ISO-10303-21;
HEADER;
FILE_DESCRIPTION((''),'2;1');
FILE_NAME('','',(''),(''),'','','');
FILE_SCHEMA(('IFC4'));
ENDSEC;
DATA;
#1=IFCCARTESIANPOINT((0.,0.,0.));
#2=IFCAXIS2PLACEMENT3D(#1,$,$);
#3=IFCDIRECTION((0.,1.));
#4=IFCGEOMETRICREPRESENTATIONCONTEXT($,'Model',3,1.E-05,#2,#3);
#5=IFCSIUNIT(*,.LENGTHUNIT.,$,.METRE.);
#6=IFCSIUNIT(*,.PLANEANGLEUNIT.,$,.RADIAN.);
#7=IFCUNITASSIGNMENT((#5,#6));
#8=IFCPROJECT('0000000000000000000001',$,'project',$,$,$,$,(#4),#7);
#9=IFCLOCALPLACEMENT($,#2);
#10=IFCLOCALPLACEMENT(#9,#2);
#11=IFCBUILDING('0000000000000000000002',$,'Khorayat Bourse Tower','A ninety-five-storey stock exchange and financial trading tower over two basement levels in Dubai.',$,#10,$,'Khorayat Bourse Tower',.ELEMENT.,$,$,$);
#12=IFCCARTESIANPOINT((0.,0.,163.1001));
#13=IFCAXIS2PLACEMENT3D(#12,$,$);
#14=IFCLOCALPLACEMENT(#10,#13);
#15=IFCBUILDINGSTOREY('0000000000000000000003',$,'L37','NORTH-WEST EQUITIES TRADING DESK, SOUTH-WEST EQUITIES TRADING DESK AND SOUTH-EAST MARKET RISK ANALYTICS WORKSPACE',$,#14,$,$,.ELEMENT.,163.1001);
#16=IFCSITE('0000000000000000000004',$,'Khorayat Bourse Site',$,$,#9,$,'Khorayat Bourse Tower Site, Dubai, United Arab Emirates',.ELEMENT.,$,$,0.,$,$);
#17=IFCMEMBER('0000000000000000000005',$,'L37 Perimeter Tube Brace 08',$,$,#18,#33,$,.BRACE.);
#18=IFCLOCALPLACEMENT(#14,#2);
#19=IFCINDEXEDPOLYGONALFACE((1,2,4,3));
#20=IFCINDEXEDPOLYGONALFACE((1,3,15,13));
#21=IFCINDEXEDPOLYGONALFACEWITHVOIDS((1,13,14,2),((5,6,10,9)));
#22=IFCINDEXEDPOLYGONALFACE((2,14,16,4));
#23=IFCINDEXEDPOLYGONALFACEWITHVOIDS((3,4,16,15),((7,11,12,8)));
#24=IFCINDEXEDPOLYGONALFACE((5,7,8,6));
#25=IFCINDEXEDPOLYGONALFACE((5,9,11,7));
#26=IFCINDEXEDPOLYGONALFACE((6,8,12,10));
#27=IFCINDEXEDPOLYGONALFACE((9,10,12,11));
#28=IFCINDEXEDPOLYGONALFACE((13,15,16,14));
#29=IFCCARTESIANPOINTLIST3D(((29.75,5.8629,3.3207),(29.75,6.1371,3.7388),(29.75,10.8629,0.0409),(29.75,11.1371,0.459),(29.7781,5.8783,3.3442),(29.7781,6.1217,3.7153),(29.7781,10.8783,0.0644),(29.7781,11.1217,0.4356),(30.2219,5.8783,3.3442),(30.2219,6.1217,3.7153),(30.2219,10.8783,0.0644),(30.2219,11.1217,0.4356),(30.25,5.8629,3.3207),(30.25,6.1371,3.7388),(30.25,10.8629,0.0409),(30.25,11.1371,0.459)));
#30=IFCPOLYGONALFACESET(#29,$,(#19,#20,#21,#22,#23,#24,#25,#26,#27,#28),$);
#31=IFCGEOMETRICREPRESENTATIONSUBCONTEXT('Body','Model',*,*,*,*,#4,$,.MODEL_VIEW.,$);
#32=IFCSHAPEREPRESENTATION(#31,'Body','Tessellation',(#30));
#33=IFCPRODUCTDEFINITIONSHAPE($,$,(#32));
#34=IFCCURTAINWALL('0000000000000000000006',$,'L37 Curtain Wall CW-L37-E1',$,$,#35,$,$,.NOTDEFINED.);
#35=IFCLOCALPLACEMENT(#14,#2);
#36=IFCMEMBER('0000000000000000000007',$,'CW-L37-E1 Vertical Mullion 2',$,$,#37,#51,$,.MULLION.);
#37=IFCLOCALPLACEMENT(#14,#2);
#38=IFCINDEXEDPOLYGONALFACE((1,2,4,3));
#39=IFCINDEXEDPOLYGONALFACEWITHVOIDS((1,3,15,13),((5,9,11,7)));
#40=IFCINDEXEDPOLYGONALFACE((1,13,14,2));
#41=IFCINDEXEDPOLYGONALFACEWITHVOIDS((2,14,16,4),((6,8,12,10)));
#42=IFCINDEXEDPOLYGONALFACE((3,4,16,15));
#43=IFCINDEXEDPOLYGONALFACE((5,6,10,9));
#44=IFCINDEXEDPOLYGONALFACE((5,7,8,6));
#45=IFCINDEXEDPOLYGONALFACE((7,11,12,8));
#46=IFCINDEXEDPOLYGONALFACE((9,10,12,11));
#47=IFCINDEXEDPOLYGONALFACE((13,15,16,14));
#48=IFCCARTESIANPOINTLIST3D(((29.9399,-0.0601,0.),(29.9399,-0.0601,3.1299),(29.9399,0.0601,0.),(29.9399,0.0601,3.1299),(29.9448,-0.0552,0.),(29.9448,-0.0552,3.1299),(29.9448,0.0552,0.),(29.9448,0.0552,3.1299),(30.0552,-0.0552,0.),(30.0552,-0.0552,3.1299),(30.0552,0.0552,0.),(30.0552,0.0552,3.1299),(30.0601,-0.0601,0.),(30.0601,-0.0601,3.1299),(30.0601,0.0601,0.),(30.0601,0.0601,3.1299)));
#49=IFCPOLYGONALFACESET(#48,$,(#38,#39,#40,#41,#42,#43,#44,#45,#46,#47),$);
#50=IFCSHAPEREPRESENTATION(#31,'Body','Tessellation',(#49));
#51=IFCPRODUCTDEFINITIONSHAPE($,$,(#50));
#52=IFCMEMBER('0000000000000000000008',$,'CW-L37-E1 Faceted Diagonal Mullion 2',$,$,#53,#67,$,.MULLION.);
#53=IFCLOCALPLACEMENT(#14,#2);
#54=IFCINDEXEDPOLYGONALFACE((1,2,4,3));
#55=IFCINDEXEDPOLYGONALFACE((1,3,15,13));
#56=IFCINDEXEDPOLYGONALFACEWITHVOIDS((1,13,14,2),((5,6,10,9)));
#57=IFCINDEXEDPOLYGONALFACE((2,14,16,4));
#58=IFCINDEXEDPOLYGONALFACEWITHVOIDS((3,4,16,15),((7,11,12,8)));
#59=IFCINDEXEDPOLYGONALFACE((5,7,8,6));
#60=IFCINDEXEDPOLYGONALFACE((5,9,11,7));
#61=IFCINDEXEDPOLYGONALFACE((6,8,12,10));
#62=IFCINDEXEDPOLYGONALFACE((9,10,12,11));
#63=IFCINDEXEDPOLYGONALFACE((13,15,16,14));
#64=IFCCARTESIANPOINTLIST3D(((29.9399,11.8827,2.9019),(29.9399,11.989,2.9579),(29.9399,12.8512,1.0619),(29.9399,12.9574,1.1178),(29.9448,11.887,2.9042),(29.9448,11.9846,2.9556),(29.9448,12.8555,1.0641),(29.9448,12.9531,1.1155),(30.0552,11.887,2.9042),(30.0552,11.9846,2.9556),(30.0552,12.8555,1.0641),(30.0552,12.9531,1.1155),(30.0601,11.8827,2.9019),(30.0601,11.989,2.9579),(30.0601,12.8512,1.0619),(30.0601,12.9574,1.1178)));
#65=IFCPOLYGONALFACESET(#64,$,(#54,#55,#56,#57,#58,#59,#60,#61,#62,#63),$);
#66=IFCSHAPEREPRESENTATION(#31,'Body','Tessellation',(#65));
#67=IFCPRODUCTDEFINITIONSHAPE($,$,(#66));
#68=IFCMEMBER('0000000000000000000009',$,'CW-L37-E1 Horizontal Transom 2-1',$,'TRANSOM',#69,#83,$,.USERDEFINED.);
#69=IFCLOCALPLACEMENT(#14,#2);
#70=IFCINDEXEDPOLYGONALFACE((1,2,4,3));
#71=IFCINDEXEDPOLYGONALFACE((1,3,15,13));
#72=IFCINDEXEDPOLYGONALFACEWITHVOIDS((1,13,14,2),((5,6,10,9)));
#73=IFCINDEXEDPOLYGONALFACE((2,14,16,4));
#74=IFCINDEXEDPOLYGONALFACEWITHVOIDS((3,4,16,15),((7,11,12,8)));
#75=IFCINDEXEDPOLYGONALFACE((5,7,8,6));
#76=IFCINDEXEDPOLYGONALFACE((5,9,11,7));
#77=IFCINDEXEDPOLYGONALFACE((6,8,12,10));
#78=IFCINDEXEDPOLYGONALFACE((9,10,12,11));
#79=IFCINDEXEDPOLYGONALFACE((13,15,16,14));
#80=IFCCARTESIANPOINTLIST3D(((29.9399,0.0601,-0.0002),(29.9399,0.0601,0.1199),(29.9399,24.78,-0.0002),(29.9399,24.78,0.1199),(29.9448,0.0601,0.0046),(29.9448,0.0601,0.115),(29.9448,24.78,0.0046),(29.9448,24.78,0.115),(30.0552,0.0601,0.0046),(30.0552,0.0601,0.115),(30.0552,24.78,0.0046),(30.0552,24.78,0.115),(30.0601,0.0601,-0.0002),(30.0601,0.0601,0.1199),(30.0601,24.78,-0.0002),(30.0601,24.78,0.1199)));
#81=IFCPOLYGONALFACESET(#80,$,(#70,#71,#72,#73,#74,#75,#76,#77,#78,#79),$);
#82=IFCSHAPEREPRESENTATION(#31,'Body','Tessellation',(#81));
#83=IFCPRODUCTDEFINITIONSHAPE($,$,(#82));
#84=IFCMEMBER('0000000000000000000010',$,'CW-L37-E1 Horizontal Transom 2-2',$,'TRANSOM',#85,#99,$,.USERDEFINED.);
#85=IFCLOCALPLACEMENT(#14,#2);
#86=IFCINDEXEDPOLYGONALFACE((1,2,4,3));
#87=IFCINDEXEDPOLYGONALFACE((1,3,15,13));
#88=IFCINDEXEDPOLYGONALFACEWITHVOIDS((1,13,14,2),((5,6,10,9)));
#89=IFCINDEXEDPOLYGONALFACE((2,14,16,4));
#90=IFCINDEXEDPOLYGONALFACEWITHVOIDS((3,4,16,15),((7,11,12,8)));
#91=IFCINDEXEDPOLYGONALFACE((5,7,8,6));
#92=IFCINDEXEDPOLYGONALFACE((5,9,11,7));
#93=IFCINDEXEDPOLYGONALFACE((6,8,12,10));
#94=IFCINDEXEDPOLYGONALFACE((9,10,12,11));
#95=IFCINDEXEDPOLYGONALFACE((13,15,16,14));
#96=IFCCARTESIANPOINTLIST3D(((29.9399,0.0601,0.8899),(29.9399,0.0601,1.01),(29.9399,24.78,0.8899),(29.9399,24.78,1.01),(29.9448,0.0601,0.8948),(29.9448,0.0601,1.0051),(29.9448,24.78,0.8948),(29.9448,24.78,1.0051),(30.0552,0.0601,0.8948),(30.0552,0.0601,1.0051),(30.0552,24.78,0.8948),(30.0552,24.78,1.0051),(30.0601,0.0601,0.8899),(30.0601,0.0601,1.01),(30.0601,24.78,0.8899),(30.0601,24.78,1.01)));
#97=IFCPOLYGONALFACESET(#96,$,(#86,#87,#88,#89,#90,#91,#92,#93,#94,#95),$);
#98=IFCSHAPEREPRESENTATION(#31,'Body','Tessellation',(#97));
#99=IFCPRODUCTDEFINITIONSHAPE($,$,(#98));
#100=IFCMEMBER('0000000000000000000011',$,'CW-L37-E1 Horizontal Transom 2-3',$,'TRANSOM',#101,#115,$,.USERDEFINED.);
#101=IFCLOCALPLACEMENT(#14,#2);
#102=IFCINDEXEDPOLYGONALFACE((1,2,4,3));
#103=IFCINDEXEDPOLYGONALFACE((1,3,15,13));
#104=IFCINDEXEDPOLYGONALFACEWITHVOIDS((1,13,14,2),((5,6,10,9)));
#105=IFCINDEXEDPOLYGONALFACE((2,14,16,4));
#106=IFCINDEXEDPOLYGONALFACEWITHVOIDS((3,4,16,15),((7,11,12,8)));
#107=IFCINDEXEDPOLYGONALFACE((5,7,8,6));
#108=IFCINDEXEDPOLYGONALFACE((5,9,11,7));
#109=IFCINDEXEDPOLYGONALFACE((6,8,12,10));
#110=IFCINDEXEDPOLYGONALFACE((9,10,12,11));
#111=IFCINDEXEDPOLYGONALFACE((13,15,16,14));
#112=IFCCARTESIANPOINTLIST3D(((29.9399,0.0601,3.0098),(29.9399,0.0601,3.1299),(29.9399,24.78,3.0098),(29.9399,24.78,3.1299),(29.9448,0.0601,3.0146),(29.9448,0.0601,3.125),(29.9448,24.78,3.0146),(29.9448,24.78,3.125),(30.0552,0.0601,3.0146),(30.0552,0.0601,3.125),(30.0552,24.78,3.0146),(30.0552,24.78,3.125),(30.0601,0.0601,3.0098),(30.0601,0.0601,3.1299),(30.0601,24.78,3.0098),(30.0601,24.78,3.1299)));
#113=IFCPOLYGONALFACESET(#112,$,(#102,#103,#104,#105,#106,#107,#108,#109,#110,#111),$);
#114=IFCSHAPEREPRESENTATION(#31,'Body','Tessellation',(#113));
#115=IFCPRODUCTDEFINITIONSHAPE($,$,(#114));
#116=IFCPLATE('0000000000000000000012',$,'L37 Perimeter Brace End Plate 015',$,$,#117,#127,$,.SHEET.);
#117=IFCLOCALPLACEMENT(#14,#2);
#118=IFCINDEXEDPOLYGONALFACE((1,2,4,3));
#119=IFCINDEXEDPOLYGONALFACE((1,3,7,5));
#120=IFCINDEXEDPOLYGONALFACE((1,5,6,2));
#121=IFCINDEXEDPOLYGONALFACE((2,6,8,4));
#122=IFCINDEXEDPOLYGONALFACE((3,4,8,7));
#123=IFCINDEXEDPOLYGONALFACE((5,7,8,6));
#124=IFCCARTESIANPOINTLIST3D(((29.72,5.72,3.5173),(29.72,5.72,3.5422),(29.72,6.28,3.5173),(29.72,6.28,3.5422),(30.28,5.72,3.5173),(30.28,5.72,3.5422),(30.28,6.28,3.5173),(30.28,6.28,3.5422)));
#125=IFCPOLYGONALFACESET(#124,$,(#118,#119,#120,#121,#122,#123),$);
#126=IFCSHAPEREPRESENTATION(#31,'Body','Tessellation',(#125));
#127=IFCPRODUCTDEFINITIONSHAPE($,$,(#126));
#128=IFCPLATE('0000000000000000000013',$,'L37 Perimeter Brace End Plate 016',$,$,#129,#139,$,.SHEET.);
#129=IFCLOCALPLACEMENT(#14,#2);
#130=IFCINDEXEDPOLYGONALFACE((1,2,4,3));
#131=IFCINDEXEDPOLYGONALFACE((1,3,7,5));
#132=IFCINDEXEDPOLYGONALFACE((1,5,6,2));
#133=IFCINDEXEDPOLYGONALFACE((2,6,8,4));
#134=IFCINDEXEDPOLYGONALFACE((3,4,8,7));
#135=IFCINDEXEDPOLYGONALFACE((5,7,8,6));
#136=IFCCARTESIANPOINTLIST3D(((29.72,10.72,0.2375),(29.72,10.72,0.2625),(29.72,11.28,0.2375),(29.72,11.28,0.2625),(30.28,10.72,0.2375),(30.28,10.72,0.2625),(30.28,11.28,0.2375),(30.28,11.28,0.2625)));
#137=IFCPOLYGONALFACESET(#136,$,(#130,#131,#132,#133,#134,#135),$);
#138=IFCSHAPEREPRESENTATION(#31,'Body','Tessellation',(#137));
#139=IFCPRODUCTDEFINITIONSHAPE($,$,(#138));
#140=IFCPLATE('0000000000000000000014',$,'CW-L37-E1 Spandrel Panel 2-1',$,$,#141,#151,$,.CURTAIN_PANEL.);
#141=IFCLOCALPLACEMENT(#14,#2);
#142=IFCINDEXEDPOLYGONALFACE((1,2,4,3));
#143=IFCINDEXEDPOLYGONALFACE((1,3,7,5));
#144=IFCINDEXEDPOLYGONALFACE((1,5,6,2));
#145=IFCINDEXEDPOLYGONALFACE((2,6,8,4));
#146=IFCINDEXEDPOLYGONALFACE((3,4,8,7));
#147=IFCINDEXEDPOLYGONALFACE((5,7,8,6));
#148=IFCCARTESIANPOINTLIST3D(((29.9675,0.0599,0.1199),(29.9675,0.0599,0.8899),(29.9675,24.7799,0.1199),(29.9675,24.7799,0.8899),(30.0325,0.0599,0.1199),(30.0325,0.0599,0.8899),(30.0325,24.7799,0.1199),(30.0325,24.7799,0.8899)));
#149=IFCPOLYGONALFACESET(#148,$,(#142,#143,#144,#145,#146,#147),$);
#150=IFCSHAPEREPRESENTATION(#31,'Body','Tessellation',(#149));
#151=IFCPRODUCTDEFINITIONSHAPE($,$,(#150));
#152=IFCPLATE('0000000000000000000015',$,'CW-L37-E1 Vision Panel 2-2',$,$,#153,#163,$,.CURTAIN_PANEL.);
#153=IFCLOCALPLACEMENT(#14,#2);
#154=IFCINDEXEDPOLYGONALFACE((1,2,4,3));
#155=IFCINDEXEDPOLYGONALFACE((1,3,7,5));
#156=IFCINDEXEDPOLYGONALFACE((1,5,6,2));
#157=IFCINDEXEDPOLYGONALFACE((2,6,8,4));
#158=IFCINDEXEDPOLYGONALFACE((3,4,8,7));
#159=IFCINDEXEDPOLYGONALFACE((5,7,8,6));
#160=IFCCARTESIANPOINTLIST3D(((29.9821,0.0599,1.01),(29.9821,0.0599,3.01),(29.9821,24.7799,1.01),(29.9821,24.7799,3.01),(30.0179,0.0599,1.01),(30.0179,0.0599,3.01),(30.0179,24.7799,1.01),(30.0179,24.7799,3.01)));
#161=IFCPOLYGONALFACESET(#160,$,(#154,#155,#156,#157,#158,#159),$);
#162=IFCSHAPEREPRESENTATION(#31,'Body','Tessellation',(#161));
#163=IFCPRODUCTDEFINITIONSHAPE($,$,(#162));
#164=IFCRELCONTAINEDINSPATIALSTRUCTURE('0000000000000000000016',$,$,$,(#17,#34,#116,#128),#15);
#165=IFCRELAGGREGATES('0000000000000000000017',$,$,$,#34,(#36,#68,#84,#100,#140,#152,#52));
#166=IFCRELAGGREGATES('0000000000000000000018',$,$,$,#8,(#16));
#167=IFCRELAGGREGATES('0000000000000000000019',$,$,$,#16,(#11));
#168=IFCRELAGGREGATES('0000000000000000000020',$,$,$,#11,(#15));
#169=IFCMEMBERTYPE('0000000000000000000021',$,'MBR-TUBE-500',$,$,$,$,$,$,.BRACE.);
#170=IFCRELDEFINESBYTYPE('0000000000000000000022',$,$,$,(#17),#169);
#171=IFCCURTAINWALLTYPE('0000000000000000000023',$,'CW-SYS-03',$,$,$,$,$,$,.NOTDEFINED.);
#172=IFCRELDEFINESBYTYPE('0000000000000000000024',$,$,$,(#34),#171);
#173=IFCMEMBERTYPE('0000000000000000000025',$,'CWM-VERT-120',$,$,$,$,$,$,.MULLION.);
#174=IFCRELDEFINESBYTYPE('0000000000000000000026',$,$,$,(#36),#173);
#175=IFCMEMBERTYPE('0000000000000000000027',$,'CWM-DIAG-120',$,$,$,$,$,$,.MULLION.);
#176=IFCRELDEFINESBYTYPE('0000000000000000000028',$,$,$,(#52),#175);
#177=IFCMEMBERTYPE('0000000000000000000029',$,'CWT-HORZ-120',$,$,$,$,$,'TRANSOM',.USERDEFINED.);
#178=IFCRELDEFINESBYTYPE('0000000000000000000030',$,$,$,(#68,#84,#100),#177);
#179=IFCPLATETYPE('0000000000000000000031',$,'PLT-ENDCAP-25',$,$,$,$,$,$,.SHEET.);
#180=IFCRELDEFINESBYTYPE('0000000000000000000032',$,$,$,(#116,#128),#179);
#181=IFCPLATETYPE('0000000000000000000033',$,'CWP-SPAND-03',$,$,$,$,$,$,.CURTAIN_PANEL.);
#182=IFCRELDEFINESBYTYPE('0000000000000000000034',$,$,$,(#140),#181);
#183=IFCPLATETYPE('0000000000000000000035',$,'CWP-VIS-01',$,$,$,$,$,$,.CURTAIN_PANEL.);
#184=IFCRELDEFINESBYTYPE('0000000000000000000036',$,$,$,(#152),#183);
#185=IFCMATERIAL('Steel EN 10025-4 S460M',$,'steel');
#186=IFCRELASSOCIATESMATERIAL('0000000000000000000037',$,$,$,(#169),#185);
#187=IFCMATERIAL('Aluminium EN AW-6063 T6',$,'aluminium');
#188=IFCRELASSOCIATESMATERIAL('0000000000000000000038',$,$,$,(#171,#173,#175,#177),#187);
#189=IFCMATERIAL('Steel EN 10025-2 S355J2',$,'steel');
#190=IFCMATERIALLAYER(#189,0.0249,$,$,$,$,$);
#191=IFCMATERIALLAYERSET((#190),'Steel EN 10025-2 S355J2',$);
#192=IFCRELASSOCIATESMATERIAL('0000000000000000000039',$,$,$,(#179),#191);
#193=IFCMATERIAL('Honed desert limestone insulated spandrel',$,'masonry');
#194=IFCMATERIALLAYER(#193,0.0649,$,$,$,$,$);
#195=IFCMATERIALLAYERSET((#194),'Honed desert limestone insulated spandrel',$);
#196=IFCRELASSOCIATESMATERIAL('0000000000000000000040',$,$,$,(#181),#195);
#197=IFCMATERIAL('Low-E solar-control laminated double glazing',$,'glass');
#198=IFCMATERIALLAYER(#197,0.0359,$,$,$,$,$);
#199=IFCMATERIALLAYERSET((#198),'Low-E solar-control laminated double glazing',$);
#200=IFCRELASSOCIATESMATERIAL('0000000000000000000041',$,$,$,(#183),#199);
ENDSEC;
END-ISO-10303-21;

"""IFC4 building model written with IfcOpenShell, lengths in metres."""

from ifc_helpers import new_model, si_unit, direction, frame, origin, origin_2d, place, context, subcontext, project, spatial, rectangle, hollow_rectangle, extrude, source, transform, mapped, material, layer, layer_set, material_profile, profile_set, type_object, element, aggregate, save


model = new_model("IFC4")

# Units and contexts
model_context = context("Model", 3, precision=1e-05, world=origin(), true_north=direction((0.0, 1.0)))
body_context = subcontext(model_context, "Body", "Model", "MODEL_VIEW")
ifc_project = project(units=[si_unit("LENGTHUNIT", "METRE"), si_unit("PLANEANGLEUNIT", "RADIAN")], contexts=[model_context])

# Site, building, storey
site_placement = place(None, origin())
site = spatial("IfcSite", under=ifc_project, at=site_placement, Name="Khorayat Bourse Site", LongName="Khorayat Bourse Tower Site, Dubai, United Arab Emirates", CompositionType="ELEMENT", RefElevation=0.0)
building_placement = place(site_placement, origin())
building = spatial("IfcBuilding", under=site, at=building_placement, Name="Khorayat Bourse Tower", Description="A ninety-five-storey stock exchange and financial trading tower over two basement levels in Dubai.", LongName="Khorayat Bourse Tower", CompositionType="ELEMENT")
storey_placement = place(building_placement, frame((0.0, 0.0, 163.1001)))
storey = spatial("IfcBuildingStorey", under=building, at=storey_placement, Name="L37", Description="NORTH-WEST EQUITIES TRADING DESK, SOUTH-WEST EQUITIES TRADING DESK AND SOUTH-EAST MARKET RISK ANALYTICS WORKSPACE", CompositionType="ELEMENT", Elevation=163.1001)

# Shared definitions
ifc_material_1 = material(Name="Steel EN 10025-4 S460M", Category="steel")

# Member
ifc_material_profile_1 = material_profile(ifc_material_1, hollow_rectangle(XDim=0.5, YDim=0.5, WallThickness=0.0281, at=origin_2d()), Name="HSS 500x500x28")
ifc_profile_set_1 = profile_set([ifc_material_profile_1], Name="Steel EN 10025-4 S460M")
member_type_1 = type_object("IfcMemberType", Name="MBR-TUBE-500", PredefinedType="BRACE", material=ifc_profile_set_1)
shared_shape_1 = source(origin(), body_context, "Body", "SweptSolid", [
    extrude(hollow_rectangle(XDim=0.5, YDim=0.5, WallThickness=0.0281, at=origin_2d()), origin(), (0.0, 0.0, 1.0), 5.9797),
])
member_1_placement = place(storey_placement, frame((30.0, 6.0, 3.5298), z_axis=(0.0, 0.83616, -0.548485), x_axis=(-1.0, 0.0, 0.0)))
element("IfcMember", 1, at=member_1_placement, inside=storey, type_object=member_type_1, Name="L37 Perimeter Tube Brace 08", PredefinedType="BRACE", context=body_context, shape_type="MappedRepresentation", body=[
    mapped(shared_shape_1, transform((0.0, 0.0, 0.0), scale=1.0)),
])

# Curtain wall, members
ifc_material_2 = material(Name="Aluminium EN AW-6063 T6", Category="aluminium")
curtain_wall_type = type_object("IfcCurtainWallType", Name="CW-SYS-03", PredefinedType="NOTDEFINED", material=ifc_material_2)
curtain_wall_placement = place(storey_placement, origin())
curtain_wall = element("IfcCurtainWall", 2, at=curtain_wall_placement, inside=storey, type_object=curtain_wall_type, Name="L37 Curtain Wall CW-L37-E1", PredefinedType="NOTDEFINED")
ifc_material_profile_2 = material_profile(ifc_material_2, hollow_rectangle(XDim=0.1201, YDim=0.1201, WallThickness=0.0049, at=origin_2d()), Name="ALU 120x120x5")
ifc_profile_set_2 = profile_set([ifc_material_profile_2], Name="Aluminium EN AW-6063 T6")
member_type_2 = type_object("IfcMemberType", Name="CWM-VERT-120", PredefinedType="MULLION", material=ifc_profile_set_2)
shared_shape_2 = source(origin(), body_context, "Body", "SweptSolid", [
    extrude(hollow_rectangle(XDim=0.1201, YDim=0.1201, WallThickness=0.0049, at=origin_2d()), origin(), (0.0, 0.0, 1.0), 3.1299),
])
member_2_placement = place(storey_placement, frame((30.0, 0.0, 0.0), z_axis=(0.0, 0.0, 1.0), x_axis=(-1.0, 0.0, 0.0)))
member_2 = element("IfcMember", 3, at=member_2_placement, type_object=member_type_2, Name="CW-L37-E1 Vertical Mullion 2", PredefinedType="MULLION", context=body_context, shape_type="MappedRepresentation", body=[
    mapped(shared_shape_2, transform((0.0, 0.0, 0.0), scale=1.0)),
])
ifc_material_profile_3 = material_profile(ifc_material_2, hollow_rectangle(XDim=0.1201, YDim=0.1201, WallThickness=0.0049, at=origin_2d()), Name="ALU 120x120x5")
ifc_profile_set_3 = profile_set([ifc_material_profile_3], Name="Aluminium EN AW-6063 T6")
member_type_3 = type_object("IfcMemberType", Name="CWM-DIAG-120", PredefinedType="MULLION", material=ifc_profile_set_3)
shared_shape_3 = source(origin(), body_context, "Body", "SweptSolid", [
    extrude(hollow_rectangle(XDim=0.1201, YDim=0.1201, WallThickness=0.0049, at=origin_2d()), origin(), (0.0, 0.0, 1.0), 2.0793),
])
member_3_placement = place(storey_placement, frame((30.0, 12.9043, 1.0898), z_axis=(0.0, -0.465761, 0.884911), x_axis=(1.0, 0.0, 0.0)))
member_3 = element("IfcMember", 4, at=member_3_placement, type_object=member_type_3, Name="CW-L37-E1 Faceted Diagonal Mullion 2", PredefinedType="MULLION", context=body_context, shape_type="MappedRepresentation", body=[
    mapped(shared_shape_3, transform((0.0, 0.0, 0.0), scale=1.0)),
])
ifc_material_profile_4 = material_profile(ifc_material_2, hollow_rectangle(XDim=0.1201, YDim=0.1201, WallThickness=0.0049, at=origin_2d()), Name="ALU 120x120x5")
ifc_profile_set_4 = profile_set([ifc_material_profile_4], Name="Aluminium EN AW-6063 T6")
member_type_4 = type_object("IfcMemberType", Name="CWT-HORZ-120", ElementType="TRANSOM", PredefinedType="USERDEFINED", material=ifc_profile_set_4)
shared_shape_4 = source(origin(), body_context, "Body", "SweptSolid", [
    extrude(hollow_rectangle(XDim=0.1201, YDim=0.1201, WallThickness=0.0049, at=origin_2d()), origin(), (0.0, 0.0, 1.0), 24.72),
])
member_4_placement = place(storey_placement, frame((30.0, 0.0601, 0.0598), z_axis=(0.0, 1.0, 0.0), x_axis=(-1.0, 0.0, 0.0)))
member_4 = element("IfcMember", 5, at=member_4_placement, type_object=member_type_4, Name="CW-L37-E1 Horizontal Transom 2-1", ObjectType="TRANSOM", PredefinedType="USERDEFINED", context=body_context, shape_type="MappedRepresentation", body=[
    mapped(shared_shape_4, transform((0.0, 0.0, 0.0), scale=1.0)),
])
member_5_placement = place(storey_placement, frame((30.0, 0.0601, 0.95), z_axis=(0.0, 1.0, 0.0), x_axis=(-1.0, 0.0, 0.0)))
member_5 = element("IfcMember", 6, at=member_5_placement, type_object=member_type_4, Name="CW-L37-E1 Horizontal Transom 2-2", ObjectType="TRANSOM", PredefinedType="USERDEFINED", context=body_context, shape_type="MappedRepresentation", body=[
    mapped(shared_shape_4, transform((0.0, 0.0, 0.0), scale=1.0)),
])
member_6_placement = place(storey_placement, frame((30.0, 0.0601, 3.0698), z_axis=(0.0, 1.0, 0.0), x_axis=(-1.0, 0.0, 0.0)))
member_6 = element("IfcMember", 7, at=member_6_placement, type_object=member_type_4, Name="CW-L37-E1 Horizontal Transom 2-3", ObjectType="TRANSOM", PredefinedType="USERDEFINED", context=body_context, shape_type="MappedRepresentation", body=[
    mapped(shared_shape_4, transform((0.0, 0.0, 0.0), scale=1.0)),
])

# Plates
ifc_material_3 = material(Name="Steel EN 10025-2 S355J2", Category="steel")
ifc_layer_1 = layer(ifc_material_3, 0.0249)
ifc_layer_set_1 = layer_set([ifc_layer_1], Name="Steel EN 10025-2 S355J2")
plate_type_1 = type_object("IfcPlateType", Name="PLT-ENDCAP-25", PredefinedType="SHEET", material=ifc_layer_set_1)
shared_shape_5 = source(origin(), body_context, "Body", "SweptSolid", [
    extrude(rectangle(XDim=0.5601, YDim=0.5601, at=origin_2d()), origin(), (0.0, 0.0, 1.0), 0.0249),
])
for number, where, z_axis, x_axis, name in (
    (8, (30.0, 6.0, 3.5173), (0.0, 0.0, 1.0), (1.0, 0.0, 0.0), "L37 Perimeter Brace End Plate 015"),
    (9, (30.0, 11.0, 0.2375), (0.0, 0.0, 1.0), (1.0, 0.0, 0.0), "L37 Perimeter Brace End Plate 016"),
):
    element("IfcPlate", number, at=place(storey_placement, frame(where, z_axis=z_axis, x_axis=x_axis)), inside=storey, type_object=plate_type_1, Name=name, PredefinedType="SHEET", context=body_context, shape_type="MappedRepresentation", body=[
        mapped(shared_shape_5, transform((0.0, 0.0, 0.0), scale=1.0)),
    ])

# Plates
ifc_material_4 = material(Name="Honed desert limestone insulated spandrel", Category="masonry")
ifc_layer_2 = layer(ifc_material_4, 0.0649)
ifc_layer_set_2 = layer_set([ifc_layer_2], Name="Honed desert limestone insulated spandrel")
plate_type_2 = type_object("IfcPlateType", Name="CWP-SPAND-03", PredefinedType="CURTAIN_PANEL", material=ifc_layer_set_2)
shared_shape_6 = source(origin(), body_context, "Body", "SweptSolid", [
    extrude(rectangle(XDim=24.72, YDim=0.0649, at=origin_2d()), origin(), (0.0, 0.0, 1.0), 0.77),
])
plate_1_placement = place(storey_placement, frame((30.0, 12.4199, 0.1199), z_axis=(0.0, 0.0, 1.0), x_axis=(0.0, 1.0, 0.0)))
plate_1 = element("IfcPlate", 10, at=plate_1_placement, type_object=plate_type_2, Name="CW-L37-E1 Spandrel Panel 2-1", PredefinedType="CURTAIN_PANEL", context=body_context, shape_type="MappedRepresentation", body=[
    mapped(shared_shape_6, transform((0.0, 0.0, 0.0), scale=1.0)),
])
ifc_material_5 = material(Name="Low-E solar-control laminated double glazing", Category="glass")
ifc_layer_3 = layer(ifc_material_5, 0.0359)
ifc_layer_set_3 = layer_set([ifc_layer_3], Name="Low-E solar-control laminated double glazing")
plate_type_3 = type_object("IfcPlateType", Name="CWP-VIS-01", PredefinedType="CURTAIN_PANEL", material=ifc_layer_set_3)
shared_shape_7 = source(origin(), body_context, "Body", "SweptSolid", [
    extrude(rectangle(XDim=24.72, YDim=0.0359, at=origin_2d()), origin(), (0.0, 0.0, 1.0), 2.0),
])
plate_2_placement = place(storey_placement, frame((30.0, 12.4199, 1.01), z_axis=(0.0, 0.0, 1.0), x_axis=(0.0, 1.0, 0.0)))
plate_2 = element("IfcPlate", 11, at=plate_2_placement, type_object=plate_type_3, Name="CW-L37-E1 Vision Panel 2-2", PredefinedType="CURTAIN_PANEL", context=body_context, shape_type="MappedRepresentation", body=[
    mapped(shared_shape_7, transform((0.0, 0.0, 0.0), scale=1.0)),
])
aggregate(curtain_wall, [member_2, member_4, member_5, member_6, plate_1, plate_2, member_3])

save(model, "model.ifc")
